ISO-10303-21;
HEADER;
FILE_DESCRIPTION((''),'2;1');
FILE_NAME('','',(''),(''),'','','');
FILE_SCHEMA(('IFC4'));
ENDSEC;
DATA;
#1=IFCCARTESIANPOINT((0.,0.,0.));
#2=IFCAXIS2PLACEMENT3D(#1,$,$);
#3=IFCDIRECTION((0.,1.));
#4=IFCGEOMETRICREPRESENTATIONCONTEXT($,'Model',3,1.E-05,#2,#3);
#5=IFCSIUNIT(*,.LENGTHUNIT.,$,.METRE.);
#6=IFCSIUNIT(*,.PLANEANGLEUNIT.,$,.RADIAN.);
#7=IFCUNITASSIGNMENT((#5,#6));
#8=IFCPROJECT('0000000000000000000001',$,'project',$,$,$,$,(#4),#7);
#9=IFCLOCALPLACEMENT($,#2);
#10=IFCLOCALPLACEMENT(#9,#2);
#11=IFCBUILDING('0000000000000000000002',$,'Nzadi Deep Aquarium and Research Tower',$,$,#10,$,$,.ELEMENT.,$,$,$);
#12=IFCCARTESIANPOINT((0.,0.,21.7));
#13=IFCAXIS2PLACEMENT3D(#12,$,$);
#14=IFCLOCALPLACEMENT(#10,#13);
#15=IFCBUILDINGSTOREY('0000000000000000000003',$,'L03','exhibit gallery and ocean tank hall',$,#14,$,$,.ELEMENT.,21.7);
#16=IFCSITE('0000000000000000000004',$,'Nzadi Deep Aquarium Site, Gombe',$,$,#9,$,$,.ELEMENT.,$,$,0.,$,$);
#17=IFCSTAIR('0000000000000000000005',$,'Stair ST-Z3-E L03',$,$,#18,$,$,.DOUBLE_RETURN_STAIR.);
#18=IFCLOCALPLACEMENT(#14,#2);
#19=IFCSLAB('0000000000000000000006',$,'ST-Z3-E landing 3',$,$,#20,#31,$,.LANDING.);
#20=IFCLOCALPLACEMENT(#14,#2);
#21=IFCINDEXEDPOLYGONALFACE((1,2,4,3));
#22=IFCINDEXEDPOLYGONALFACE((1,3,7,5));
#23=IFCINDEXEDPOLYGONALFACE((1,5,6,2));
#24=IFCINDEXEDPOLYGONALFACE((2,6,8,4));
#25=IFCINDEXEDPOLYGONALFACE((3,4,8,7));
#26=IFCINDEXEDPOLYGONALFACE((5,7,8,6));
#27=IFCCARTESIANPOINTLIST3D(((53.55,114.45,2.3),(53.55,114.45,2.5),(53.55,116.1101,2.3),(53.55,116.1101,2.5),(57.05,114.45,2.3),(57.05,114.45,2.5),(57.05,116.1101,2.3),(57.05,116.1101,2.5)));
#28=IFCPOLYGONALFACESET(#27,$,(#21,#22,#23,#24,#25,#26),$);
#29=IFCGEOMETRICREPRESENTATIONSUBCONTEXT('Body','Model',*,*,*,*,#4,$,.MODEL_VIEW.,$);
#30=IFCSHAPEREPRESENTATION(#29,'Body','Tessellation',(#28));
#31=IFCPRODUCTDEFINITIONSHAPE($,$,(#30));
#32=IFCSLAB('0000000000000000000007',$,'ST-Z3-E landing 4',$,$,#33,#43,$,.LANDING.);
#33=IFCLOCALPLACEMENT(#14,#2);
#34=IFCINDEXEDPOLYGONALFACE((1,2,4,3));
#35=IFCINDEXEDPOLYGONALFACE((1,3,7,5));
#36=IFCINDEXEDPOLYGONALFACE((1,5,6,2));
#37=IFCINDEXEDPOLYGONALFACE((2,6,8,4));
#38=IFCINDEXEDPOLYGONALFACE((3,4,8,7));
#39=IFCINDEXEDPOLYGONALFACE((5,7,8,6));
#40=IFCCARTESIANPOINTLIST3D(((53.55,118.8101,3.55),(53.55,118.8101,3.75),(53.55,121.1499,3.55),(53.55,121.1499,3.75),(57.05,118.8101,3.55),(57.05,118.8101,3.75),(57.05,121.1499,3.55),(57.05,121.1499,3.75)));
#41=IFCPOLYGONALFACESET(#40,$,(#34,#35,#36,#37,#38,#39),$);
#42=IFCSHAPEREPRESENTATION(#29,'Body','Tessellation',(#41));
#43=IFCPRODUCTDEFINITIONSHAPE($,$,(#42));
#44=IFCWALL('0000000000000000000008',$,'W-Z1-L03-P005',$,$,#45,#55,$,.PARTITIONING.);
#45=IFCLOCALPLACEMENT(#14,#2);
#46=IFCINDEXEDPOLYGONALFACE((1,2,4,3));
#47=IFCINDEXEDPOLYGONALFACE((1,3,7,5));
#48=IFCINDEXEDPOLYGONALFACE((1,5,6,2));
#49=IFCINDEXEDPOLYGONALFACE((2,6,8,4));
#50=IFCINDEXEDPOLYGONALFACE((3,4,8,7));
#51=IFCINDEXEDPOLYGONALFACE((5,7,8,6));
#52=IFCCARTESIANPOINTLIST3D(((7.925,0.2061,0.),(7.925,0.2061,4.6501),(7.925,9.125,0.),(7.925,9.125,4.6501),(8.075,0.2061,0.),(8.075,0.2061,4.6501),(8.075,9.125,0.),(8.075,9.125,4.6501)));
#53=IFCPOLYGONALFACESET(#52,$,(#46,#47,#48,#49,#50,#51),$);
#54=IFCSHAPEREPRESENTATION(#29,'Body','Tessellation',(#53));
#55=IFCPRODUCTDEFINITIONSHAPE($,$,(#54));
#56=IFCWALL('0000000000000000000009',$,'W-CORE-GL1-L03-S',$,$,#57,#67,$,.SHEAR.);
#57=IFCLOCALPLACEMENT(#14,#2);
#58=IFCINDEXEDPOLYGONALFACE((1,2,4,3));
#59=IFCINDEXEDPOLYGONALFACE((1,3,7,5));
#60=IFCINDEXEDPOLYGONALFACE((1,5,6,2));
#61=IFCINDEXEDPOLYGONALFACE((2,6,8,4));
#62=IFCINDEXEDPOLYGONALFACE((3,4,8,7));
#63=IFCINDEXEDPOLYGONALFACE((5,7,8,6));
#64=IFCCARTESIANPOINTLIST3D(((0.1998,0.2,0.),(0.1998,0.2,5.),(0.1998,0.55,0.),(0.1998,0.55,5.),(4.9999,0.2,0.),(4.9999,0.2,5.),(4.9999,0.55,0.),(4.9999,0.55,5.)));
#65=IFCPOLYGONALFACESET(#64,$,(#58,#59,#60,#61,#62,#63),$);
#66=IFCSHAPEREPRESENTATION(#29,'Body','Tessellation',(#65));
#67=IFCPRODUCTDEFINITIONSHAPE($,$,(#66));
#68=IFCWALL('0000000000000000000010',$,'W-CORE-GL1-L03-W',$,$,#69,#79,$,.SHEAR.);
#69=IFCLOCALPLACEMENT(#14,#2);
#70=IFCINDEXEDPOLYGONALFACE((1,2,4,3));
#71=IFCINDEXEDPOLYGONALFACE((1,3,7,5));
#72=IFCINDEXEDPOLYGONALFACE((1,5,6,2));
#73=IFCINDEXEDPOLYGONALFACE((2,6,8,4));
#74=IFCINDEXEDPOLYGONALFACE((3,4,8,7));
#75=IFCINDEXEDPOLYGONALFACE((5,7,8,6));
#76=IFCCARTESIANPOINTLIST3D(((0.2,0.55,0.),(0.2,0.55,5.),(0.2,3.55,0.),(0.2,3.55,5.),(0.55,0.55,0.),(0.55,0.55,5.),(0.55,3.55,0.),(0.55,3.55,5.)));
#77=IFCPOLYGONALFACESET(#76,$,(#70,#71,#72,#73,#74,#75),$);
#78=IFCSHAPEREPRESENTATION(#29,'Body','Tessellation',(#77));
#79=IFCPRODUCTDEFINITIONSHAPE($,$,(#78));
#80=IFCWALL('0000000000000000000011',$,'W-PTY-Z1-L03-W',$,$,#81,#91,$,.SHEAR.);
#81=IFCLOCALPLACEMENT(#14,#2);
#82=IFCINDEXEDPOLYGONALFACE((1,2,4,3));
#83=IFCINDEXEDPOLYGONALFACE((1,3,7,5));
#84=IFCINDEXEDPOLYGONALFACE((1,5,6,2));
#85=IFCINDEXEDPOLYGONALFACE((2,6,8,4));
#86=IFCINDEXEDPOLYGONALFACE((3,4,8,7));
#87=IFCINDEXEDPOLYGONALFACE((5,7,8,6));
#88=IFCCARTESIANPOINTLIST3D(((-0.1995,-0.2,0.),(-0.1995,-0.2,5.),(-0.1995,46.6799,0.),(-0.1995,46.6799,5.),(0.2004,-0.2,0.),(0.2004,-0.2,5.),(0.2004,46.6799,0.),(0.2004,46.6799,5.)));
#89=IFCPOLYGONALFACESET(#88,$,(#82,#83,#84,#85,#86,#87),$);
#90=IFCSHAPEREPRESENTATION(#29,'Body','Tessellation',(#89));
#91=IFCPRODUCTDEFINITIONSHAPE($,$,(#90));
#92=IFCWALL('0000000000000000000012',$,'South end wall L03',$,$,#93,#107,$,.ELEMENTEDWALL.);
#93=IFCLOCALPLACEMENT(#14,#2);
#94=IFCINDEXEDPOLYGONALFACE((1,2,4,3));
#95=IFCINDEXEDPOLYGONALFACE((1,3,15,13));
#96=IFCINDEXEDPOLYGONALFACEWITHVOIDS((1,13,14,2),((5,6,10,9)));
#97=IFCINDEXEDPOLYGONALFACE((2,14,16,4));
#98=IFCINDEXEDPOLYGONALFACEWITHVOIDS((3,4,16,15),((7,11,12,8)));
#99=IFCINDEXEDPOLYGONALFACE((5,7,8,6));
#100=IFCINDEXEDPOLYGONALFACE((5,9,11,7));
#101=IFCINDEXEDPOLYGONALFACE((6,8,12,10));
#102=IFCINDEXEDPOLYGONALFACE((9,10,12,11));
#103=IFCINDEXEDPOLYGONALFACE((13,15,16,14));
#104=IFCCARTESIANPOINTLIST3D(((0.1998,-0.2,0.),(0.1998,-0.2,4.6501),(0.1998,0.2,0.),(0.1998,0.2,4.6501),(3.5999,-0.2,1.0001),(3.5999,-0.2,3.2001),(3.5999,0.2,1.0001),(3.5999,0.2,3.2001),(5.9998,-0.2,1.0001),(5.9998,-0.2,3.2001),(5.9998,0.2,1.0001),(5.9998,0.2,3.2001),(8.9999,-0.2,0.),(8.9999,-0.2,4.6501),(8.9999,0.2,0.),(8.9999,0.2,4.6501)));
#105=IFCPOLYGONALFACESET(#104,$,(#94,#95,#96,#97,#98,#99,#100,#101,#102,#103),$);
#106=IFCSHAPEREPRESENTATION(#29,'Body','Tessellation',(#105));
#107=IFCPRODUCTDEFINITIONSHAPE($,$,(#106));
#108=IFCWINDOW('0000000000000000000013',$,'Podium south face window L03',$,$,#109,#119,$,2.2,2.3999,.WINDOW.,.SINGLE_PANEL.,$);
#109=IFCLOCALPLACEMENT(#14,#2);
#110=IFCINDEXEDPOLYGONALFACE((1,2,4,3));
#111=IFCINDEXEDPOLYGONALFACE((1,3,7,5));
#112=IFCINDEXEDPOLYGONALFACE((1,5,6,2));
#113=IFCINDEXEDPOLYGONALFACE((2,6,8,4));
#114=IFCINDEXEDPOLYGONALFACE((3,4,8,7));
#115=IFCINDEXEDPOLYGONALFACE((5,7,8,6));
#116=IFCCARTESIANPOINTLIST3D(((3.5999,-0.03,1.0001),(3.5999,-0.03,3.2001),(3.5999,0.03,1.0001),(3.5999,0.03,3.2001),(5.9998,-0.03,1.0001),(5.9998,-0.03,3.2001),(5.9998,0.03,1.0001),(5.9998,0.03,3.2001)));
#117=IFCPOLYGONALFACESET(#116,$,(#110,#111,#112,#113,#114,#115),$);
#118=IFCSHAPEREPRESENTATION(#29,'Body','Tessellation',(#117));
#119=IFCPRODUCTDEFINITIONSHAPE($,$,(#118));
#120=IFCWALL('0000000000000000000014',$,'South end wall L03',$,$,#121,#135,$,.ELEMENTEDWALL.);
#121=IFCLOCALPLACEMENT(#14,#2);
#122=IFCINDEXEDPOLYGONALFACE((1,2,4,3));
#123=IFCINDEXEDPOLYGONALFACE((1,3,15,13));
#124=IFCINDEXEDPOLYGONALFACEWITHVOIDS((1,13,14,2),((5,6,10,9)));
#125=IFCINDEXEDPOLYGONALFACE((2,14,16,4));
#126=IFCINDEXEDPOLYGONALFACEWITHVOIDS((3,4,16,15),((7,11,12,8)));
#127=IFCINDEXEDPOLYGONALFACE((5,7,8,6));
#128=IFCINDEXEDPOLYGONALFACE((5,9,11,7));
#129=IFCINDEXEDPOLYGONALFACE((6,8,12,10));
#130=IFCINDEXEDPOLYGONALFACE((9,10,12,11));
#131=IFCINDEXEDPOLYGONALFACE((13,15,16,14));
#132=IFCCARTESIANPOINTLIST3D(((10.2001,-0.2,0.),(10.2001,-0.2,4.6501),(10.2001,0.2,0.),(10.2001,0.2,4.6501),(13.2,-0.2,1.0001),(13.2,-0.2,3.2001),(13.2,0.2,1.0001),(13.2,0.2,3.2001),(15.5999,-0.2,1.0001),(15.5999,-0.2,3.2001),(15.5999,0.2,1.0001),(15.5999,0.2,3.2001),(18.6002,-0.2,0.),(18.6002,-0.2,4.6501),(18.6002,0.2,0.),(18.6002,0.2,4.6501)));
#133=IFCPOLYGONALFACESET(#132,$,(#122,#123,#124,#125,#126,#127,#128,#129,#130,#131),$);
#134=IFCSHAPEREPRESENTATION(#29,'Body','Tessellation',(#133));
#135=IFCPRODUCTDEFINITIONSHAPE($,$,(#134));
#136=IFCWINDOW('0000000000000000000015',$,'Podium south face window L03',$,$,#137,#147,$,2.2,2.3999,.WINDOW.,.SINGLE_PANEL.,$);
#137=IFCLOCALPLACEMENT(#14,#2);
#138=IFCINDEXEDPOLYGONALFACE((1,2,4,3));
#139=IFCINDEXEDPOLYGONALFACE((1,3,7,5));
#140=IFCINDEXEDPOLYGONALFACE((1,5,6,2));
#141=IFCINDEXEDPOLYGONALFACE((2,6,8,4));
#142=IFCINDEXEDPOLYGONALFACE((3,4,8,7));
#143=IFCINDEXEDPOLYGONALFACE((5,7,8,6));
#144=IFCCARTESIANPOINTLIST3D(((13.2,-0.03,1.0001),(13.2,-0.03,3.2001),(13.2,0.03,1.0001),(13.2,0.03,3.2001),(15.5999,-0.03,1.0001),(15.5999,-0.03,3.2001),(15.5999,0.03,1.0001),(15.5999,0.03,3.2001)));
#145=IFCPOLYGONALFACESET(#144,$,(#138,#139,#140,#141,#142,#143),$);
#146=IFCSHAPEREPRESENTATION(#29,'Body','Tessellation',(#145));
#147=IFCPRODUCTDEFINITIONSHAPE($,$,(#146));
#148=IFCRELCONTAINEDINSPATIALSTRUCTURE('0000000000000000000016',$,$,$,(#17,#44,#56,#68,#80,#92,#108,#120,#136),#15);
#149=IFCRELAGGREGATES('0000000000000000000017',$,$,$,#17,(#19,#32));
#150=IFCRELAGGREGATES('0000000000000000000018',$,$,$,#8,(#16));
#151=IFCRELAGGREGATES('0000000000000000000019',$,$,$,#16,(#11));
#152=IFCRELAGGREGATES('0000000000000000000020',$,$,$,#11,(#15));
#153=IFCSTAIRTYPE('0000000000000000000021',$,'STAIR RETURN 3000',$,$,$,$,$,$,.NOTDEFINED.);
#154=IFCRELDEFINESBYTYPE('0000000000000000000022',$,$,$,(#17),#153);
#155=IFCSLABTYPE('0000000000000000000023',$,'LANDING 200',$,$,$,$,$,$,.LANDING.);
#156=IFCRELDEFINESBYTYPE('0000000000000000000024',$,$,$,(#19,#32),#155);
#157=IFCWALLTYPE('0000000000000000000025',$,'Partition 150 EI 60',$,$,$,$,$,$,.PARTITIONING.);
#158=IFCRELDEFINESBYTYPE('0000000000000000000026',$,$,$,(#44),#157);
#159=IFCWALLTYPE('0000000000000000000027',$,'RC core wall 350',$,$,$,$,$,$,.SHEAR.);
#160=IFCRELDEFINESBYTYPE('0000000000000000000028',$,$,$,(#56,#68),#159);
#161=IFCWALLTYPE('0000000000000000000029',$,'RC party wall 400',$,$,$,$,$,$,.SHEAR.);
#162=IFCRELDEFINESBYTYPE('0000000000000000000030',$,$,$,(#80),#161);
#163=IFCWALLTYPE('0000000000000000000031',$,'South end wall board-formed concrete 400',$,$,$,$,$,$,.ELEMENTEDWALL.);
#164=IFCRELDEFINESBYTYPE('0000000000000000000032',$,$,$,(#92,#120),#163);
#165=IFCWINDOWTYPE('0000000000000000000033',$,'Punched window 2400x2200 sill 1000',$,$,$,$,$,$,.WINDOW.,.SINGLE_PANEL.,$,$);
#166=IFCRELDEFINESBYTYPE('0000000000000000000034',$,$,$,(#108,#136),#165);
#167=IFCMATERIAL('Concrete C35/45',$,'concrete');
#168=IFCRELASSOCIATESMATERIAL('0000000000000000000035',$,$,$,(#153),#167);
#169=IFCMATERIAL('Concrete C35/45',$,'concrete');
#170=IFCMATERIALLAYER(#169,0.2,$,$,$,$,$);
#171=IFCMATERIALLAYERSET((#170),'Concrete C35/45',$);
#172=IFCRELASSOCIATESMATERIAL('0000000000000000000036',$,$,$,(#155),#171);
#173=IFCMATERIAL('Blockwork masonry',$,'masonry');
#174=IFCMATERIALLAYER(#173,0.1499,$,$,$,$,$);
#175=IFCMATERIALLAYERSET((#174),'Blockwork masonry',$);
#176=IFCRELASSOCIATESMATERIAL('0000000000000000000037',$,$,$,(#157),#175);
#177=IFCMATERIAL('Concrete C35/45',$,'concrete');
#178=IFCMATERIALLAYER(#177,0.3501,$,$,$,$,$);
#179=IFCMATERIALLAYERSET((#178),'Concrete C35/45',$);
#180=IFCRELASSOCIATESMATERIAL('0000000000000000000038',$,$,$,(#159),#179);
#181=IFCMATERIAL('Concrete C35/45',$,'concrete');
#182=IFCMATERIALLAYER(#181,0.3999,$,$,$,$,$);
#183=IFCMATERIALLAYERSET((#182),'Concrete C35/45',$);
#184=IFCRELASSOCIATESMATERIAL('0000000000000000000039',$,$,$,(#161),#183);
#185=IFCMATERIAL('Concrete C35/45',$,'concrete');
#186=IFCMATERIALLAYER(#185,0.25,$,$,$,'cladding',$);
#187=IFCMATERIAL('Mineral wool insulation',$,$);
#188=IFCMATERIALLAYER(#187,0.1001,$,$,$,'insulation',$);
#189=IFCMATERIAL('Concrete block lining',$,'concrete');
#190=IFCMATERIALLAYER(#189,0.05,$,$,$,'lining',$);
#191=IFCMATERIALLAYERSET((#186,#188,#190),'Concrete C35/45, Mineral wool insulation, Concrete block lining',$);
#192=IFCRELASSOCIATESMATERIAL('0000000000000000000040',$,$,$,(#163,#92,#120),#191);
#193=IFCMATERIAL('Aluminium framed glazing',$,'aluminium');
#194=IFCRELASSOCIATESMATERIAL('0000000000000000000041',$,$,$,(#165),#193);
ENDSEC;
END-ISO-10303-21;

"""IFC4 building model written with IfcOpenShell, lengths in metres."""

from ifc_helpers import new_model, si_unit, direction, frame, frame_2d, origin, place, context, subcontext, project, spatial, polyline, rectangle, outline, extrude, material, layer, layer_set, layer_usage, type_object, element, fill, aggregate, save


model = new_model("IFC4")

# Units and contexts
model_context = context("Model", 3, precision=1e-05, world=origin(), true_north=direction((0.0, 1.0)))
body_context = subcontext(model_context, "Body", "Model", "MODEL_VIEW")
ifc_project = project(units=[si_unit("LENGTHUNIT", "METRE"), si_unit("PLANEANGLEUNIT", "RADIAN")], contexts=[model_context])

# Site, building, storey
site_placement = place(None, origin())
site = spatial("IfcSite", under=ifc_project, at=site_placement, Name="Nzadi Deep Aquarium Site, Gombe", CompositionType="ELEMENT", RefElevation=0.0)
building_placement = place(site_placement, origin())
building = spatial("IfcBuilding", under=site, at=building_placement, Name="Nzadi Deep Aquarium and Research Tower", CompositionType="ELEMENT")
storey_placement = place(building_placement, frame((0.0, 0.0, 21.7)))
storey = spatial("IfcBuildingStorey", under=building, at=storey_placement, Name="L03", Description="exhibit gallery and ocean tank hall", CompositionType="ELEMENT", Elevation=21.7)

# Stair, slabs
ifc_material_1 = material(Name="Concrete C35/45", Category="concrete")
stair_type = type_object("IfcStairType", Name="STAIR RETURN 3000", PredefinedType="NOTDEFINED", material=ifc_material_1)
ifc_material_2 = material(Name="Concrete C35/45", Category="concrete")
ifc_layer_1 = layer(ifc_material_2, 0.2)
ifc_layer_set_1 = layer_set([ifc_layer_1], Name="Concrete C35/45")
slab_type = type_object("IfcSlabType", Name="LANDING 200", PredefinedType="LANDING", material=ifc_layer_set_1)
stair_1_placement = place(storey_placement, origin())
stair_1 = element("IfcStair", 1, at=stair_1_placement, inside=storey, type_object=stair_type, Name="Stair ST-Z3-E L03", PredefinedType="DOUBLE_RETURN_STAIR")
slab_1_placement = place(storey_placement, frame((0.0, 0.0, 2.3)))
slab_1 = element("IfcSlab", 2, at=slab_1_placement, type_object=slab_type, Name="ST-Z3-E landing 3", PredefinedType="LANDING", context=body_context, shape_type="SweptSolid", body=[
    extrude(outline(polyline([(57.05, 116.1101), (53.55, 116.1101), (53.55, 114.45), (57.05, 114.45), (57.05, 116.1101)])), origin(), (0.0, 0.0, 1.0), 0.2),
])
slab_2_placement = place(storey_placement, frame((0.0, 0.0, 3.55)))
slab_2 = element("IfcSlab", 3, at=slab_2_placement, type_object=slab_type, Name="ST-Z3-E landing 4", PredefinedType="LANDING", context=body_context, shape_type="SweptSolid", body=[
    extrude(outline(polyline([(57.05, 121.1499), (53.55, 121.1499), (53.55, 118.8101), (57.05, 118.8101), (57.05, 121.1499)])), origin(), (0.0, 0.0, 1.0), 0.2),
])
aggregate(stair_1, [slab_1, slab_2])

# Walls
ifc_material_3 = material(Name="Blockwork masonry", Category="masonry")
ifc_layer_2 = layer(ifc_material_3, 0.1499)
ifc_layer_set_2 = layer_set([ifc_layer_2], Name="Blockwork masonry")
wall_type_1 = type_object("IfcWallType", Name="Partition 150 EI 60", PredefinedType="PARTITIONING", material=ifc_layer_set_2)
wall_1_placement = place(storey_placement, frame((8.0, 0.2061, 0.0), z_axis=(0.0, 0.0, 1.0), x_axis=(0.0, 1.0, 0.0)))
element("IfcWall", 4, at=wall_1_placement, inside=storey, type_object=wall_type_1, Name="W-Z1-L03-P005", PredefinedType="PARTITIONING", context=body_context, shape_type="SweptSolid", body=[
    extrude(rectangle(XDim=8.9189, YDim=0.1499, at=frame_2d((4.4595, 0.0))), origin(), (0.0, 0.0, 1.0), 4.6501),
])
ifc_material_4 = material(Name="Concrete C35/45", Category="concrete")
ifc_layer_3 = layer(ifc_material_4, 0.3501)
ifc_layer_set_3 = layer_set([ifc_layer_3], Name="Concrete C35/45")
wall_type_2 = type_object("IfcWallType", Name="RC core wall 350", PredefinedType="SHEAR", material=ifc_layer_set_3)
wall_2_placement = place(storey_placement, frame((0.2, 0.375, 0.0), z_axis=(0.0, 0.0, 1.0), x_axis=(1.0, 0.0, 0.0)))
element("IfcWall", 5, at=wall_2_placement, inside=storey, type_object=wall_type_2, Name="W-CORE-GL1-L03-S", PredefinedType="SHEAR", context=body_context, shape_type="SweptSolid", body=[
    extrude(rectangle(XDim=4.8, YDim=0.3501, at=frame_2d((2.3999, 0.0))), origin(), (0.0, 0.0, 1.0), 5.0),
])
wall_3_placement = place(storey_placement, frame((0.375, 0.55, 0.0), z_axis=(0.0, 0.0, 1.0), x_axis=(0.0, 1.0, 0.0)))
element("IfcWall", 6, at=wall_3_placement, inside=storey, type_object=wall_type_2, Name="W-CORE-GL1-L03-W", PredefinedType="SHEAR", context=body_context, shape_type="SweptSolid", body=[
    extrude(rectangle(XDim=3.0, YDim=0.3501, at=frame_2d((1.5, 0.0))), origin(), (0.0, 0.0, 1.0), 5.0),
])

# Wall
ifc_material_5 = material(Name="Concrete C35/45", Category="concrete")
ifc_layer_4 = layer(ifc_material_5, 0.3999)
ifc_layer_set_4 = layer_set([ifc_layer_4], Name="Concrete C35/45")
wall_type_3 = type_object("IfcWallType", Name="RC party wall 400", PredefinedType="SHEAR", material=ifc_layer_set_4)
wall_4_placement = place(storey_placement, frame((0.0005, -0.2, 0.0), z_axis=(0.0, 0.0, 1.0), x_axis=(0.0, 1.0, 0.0)))
element("IfcWall", 7, at=wall_4_placement, inside=storey, type_object=wall_type_3, Name="W-PTY-Z1-L03-W", PredefinedType="SHEAR", context=body_context, shape_type="SweptSolid", body=[
    extrude(rectangle(XDim=46.8799, YDim=0.3999, at=frame_2d((23.4399, 0.0))), origin(), (0.0, 0.0, 1.0), 5.0),
])

# Walls, openings, windows
ifc_material_6 = material(Name="Concrete C35/45", Category="concrete")
ifc_layer_5 = layer(ifc_material_6, 0.25, Category="cladding")
ifc_material_7 = material(Name="Mineral wool insulation")
ifc_layer_6 = layer(ifc_material_7, 0.1001, Category="insulation")
ifc_material_8 = material(Name="Concrete block lining", Category="concrete")
ifc_layer_7 = layer(ifc_material_8, 0.05, Category="lining")
ifc_layer_set_5 = layer_set([ifc_layer_5, ifc_layer_6, ifc_layer_7], Name="Concrete C35/45, Mineral wool insulation, Concrete block lining")
ifc_layer_usage_1 = layer_usage(ifc_layer_set_5, "AXIS2", "POSITIVE", -0.2)
wall_type_4 = type_object("IfcWallType", Name="South end wall board-formed concrete 400", PredefinedType="ELEMENTEDWALL", material=ifc_layer_set_5)
wall_5_placement = place(storey_placement, frame((0.2, 0.0, 0.0), z_axis=(0.0, 0.0, 1.0), x_axis=(1.0, 0.0, 0.0)))
wall_5 = element("IfcWall", 8, at=wall_5_placement, inside=storey, type_object=wall_type_4, material=ifc_layer_usage_1, Name="South end wall L03", PredefinedType="ELEMENTEDWALL", context=body_context, shape_type="SweptSolid", body=[
    extrude(rectangle(XDim=8.8, YDim=0.3999, at=frame_2d((4.3999, 0.0))), origin(), (0.0, 0.0, 1.0), 4.6501),
])
opening_1_placement = place(wall_5_placement, frame((3.3999, 0.0, 1.0)))
opening_1 = element("IfcOpeningElement", 9, at=opening_1_placement, cuts=wall_5, PredefinedType="OPENING", context=body_context, shape_type="SweptSolid", body=[
    extrude(rectangle(XDim=2.3999, YDim=2.2, at=frame_2d((1.2, 1.1001))), frame((0.0, 0.21, 0.0), z_axis=(0.0, -1.0, 0.0), x_axis=(1.0, 0.0, 0.0)), (0.0, 0.0, 1.0), 0.4199),
])
ifc_material_9 = material(Name="Aluminium framed glazing", Category="aluminium")
window_type = type_object("IfcWindowType", Name="Punched window 2400x2200 sill 1000", PartitioningType="SINGLE_PANEL", PredefinedType="WINDOW", material=ifc_material_9)
window_1_placement = place(opening_1_placement, origin())
window_1 = element("IfcWindow", 10, at=window_1_placement, inside=storey, type_object=window_type, Name="Podium south face window L03", OverallHeight=2.2, OverallWidth=2.3999, PartitioningType="SINGLE_PANEL", PredefinedType="WINDOW", context=body_context, shape_type="SweptSolid", body=[
    extrude(rectangle(XDim=2.3999, YDim=2.2, at=frame_2d((1.2, 1.1001))), frame((0.0, 0.03, 0.0), z_axis=(0.0, -1.0, 0.0), x_axis=(1.0, 0.0, 0.0)), (0.0, 0.0, 1.0), 0.0601),
])
fill(opening_1, window_1)
ifc_layer_usage_2 = layer_usage(ifc_layer_set_5, "AXIS2", "POSITIVE", -0.2)
wall_6_placement = place(storey_placement, frame((10.2, 0.0, 0.0), z_axis=(0.0, 0.0, 1.0), x_axis=(1.0, 0.0, 0.0)))
wall_6 = element("IfcWall", 11, at=wall_6_placement, inside=storey, type_object=wall_type_4, material=ifc_layer_usage_2, Name="South end wall L03", PredefinedType="ELEMENTEDWALL", context=body_context, shape_type="SweptSolid", body=[
    extrude(rectangle(XDim=8.4001, YDim=0.3999, at=frame_2d((4.2002, 0.0))), origin(), (0.0, 0.0, 1.0), 4.6501),
])
opening_2_placement = place(wall_6_placement, frame((3.0, 0.0, 1.0)))
opening_2 = element("IfcOpeningElement", 12, at=opening_2_placement, cuts=wall_6, PredefinedType="OPENING", context=body_context, shape_type="SweptSolid", body=[
    extrude(rectangle(XDim=2.3999, YDim=2.2, at=frame_2d((1.2, 1.1001))), frame((0.0, 0.21, 0.0), z_axis=(0.0, -1.0, 0.0), x_axis=(1.0, 0.0, 0.0)), (0.0, 0.0, 1.0), 0.4199),
])
window_2_placement = place(opening_2_placement, origin())
window_2 = element("IfcWindow", 13, at=window_2_placement, inside=storey, type_object=window_type, Name="Podium south face window L03", OverallHeight=2.2, OverallWidth=2.3999, PartitioningType="SINGLE_PANEL", PredefinedType="WINDOW", context=body_context, shape_type="SweptSolid", body=[
    extrude(rectangle(XDim=2.3999, YDim=2.2, at=frame_2d((1.2, 1.1001))), frame((0.0, 0.03, 0.0), z_axis=(0.0, -1.0, 0.0), x_axis=(1.0, 0.0, 0.0)), (0.0, 0.0, 1.0), 0.0601),
])
fill(opening_2, window_2)

save(model, "model.ifc")
